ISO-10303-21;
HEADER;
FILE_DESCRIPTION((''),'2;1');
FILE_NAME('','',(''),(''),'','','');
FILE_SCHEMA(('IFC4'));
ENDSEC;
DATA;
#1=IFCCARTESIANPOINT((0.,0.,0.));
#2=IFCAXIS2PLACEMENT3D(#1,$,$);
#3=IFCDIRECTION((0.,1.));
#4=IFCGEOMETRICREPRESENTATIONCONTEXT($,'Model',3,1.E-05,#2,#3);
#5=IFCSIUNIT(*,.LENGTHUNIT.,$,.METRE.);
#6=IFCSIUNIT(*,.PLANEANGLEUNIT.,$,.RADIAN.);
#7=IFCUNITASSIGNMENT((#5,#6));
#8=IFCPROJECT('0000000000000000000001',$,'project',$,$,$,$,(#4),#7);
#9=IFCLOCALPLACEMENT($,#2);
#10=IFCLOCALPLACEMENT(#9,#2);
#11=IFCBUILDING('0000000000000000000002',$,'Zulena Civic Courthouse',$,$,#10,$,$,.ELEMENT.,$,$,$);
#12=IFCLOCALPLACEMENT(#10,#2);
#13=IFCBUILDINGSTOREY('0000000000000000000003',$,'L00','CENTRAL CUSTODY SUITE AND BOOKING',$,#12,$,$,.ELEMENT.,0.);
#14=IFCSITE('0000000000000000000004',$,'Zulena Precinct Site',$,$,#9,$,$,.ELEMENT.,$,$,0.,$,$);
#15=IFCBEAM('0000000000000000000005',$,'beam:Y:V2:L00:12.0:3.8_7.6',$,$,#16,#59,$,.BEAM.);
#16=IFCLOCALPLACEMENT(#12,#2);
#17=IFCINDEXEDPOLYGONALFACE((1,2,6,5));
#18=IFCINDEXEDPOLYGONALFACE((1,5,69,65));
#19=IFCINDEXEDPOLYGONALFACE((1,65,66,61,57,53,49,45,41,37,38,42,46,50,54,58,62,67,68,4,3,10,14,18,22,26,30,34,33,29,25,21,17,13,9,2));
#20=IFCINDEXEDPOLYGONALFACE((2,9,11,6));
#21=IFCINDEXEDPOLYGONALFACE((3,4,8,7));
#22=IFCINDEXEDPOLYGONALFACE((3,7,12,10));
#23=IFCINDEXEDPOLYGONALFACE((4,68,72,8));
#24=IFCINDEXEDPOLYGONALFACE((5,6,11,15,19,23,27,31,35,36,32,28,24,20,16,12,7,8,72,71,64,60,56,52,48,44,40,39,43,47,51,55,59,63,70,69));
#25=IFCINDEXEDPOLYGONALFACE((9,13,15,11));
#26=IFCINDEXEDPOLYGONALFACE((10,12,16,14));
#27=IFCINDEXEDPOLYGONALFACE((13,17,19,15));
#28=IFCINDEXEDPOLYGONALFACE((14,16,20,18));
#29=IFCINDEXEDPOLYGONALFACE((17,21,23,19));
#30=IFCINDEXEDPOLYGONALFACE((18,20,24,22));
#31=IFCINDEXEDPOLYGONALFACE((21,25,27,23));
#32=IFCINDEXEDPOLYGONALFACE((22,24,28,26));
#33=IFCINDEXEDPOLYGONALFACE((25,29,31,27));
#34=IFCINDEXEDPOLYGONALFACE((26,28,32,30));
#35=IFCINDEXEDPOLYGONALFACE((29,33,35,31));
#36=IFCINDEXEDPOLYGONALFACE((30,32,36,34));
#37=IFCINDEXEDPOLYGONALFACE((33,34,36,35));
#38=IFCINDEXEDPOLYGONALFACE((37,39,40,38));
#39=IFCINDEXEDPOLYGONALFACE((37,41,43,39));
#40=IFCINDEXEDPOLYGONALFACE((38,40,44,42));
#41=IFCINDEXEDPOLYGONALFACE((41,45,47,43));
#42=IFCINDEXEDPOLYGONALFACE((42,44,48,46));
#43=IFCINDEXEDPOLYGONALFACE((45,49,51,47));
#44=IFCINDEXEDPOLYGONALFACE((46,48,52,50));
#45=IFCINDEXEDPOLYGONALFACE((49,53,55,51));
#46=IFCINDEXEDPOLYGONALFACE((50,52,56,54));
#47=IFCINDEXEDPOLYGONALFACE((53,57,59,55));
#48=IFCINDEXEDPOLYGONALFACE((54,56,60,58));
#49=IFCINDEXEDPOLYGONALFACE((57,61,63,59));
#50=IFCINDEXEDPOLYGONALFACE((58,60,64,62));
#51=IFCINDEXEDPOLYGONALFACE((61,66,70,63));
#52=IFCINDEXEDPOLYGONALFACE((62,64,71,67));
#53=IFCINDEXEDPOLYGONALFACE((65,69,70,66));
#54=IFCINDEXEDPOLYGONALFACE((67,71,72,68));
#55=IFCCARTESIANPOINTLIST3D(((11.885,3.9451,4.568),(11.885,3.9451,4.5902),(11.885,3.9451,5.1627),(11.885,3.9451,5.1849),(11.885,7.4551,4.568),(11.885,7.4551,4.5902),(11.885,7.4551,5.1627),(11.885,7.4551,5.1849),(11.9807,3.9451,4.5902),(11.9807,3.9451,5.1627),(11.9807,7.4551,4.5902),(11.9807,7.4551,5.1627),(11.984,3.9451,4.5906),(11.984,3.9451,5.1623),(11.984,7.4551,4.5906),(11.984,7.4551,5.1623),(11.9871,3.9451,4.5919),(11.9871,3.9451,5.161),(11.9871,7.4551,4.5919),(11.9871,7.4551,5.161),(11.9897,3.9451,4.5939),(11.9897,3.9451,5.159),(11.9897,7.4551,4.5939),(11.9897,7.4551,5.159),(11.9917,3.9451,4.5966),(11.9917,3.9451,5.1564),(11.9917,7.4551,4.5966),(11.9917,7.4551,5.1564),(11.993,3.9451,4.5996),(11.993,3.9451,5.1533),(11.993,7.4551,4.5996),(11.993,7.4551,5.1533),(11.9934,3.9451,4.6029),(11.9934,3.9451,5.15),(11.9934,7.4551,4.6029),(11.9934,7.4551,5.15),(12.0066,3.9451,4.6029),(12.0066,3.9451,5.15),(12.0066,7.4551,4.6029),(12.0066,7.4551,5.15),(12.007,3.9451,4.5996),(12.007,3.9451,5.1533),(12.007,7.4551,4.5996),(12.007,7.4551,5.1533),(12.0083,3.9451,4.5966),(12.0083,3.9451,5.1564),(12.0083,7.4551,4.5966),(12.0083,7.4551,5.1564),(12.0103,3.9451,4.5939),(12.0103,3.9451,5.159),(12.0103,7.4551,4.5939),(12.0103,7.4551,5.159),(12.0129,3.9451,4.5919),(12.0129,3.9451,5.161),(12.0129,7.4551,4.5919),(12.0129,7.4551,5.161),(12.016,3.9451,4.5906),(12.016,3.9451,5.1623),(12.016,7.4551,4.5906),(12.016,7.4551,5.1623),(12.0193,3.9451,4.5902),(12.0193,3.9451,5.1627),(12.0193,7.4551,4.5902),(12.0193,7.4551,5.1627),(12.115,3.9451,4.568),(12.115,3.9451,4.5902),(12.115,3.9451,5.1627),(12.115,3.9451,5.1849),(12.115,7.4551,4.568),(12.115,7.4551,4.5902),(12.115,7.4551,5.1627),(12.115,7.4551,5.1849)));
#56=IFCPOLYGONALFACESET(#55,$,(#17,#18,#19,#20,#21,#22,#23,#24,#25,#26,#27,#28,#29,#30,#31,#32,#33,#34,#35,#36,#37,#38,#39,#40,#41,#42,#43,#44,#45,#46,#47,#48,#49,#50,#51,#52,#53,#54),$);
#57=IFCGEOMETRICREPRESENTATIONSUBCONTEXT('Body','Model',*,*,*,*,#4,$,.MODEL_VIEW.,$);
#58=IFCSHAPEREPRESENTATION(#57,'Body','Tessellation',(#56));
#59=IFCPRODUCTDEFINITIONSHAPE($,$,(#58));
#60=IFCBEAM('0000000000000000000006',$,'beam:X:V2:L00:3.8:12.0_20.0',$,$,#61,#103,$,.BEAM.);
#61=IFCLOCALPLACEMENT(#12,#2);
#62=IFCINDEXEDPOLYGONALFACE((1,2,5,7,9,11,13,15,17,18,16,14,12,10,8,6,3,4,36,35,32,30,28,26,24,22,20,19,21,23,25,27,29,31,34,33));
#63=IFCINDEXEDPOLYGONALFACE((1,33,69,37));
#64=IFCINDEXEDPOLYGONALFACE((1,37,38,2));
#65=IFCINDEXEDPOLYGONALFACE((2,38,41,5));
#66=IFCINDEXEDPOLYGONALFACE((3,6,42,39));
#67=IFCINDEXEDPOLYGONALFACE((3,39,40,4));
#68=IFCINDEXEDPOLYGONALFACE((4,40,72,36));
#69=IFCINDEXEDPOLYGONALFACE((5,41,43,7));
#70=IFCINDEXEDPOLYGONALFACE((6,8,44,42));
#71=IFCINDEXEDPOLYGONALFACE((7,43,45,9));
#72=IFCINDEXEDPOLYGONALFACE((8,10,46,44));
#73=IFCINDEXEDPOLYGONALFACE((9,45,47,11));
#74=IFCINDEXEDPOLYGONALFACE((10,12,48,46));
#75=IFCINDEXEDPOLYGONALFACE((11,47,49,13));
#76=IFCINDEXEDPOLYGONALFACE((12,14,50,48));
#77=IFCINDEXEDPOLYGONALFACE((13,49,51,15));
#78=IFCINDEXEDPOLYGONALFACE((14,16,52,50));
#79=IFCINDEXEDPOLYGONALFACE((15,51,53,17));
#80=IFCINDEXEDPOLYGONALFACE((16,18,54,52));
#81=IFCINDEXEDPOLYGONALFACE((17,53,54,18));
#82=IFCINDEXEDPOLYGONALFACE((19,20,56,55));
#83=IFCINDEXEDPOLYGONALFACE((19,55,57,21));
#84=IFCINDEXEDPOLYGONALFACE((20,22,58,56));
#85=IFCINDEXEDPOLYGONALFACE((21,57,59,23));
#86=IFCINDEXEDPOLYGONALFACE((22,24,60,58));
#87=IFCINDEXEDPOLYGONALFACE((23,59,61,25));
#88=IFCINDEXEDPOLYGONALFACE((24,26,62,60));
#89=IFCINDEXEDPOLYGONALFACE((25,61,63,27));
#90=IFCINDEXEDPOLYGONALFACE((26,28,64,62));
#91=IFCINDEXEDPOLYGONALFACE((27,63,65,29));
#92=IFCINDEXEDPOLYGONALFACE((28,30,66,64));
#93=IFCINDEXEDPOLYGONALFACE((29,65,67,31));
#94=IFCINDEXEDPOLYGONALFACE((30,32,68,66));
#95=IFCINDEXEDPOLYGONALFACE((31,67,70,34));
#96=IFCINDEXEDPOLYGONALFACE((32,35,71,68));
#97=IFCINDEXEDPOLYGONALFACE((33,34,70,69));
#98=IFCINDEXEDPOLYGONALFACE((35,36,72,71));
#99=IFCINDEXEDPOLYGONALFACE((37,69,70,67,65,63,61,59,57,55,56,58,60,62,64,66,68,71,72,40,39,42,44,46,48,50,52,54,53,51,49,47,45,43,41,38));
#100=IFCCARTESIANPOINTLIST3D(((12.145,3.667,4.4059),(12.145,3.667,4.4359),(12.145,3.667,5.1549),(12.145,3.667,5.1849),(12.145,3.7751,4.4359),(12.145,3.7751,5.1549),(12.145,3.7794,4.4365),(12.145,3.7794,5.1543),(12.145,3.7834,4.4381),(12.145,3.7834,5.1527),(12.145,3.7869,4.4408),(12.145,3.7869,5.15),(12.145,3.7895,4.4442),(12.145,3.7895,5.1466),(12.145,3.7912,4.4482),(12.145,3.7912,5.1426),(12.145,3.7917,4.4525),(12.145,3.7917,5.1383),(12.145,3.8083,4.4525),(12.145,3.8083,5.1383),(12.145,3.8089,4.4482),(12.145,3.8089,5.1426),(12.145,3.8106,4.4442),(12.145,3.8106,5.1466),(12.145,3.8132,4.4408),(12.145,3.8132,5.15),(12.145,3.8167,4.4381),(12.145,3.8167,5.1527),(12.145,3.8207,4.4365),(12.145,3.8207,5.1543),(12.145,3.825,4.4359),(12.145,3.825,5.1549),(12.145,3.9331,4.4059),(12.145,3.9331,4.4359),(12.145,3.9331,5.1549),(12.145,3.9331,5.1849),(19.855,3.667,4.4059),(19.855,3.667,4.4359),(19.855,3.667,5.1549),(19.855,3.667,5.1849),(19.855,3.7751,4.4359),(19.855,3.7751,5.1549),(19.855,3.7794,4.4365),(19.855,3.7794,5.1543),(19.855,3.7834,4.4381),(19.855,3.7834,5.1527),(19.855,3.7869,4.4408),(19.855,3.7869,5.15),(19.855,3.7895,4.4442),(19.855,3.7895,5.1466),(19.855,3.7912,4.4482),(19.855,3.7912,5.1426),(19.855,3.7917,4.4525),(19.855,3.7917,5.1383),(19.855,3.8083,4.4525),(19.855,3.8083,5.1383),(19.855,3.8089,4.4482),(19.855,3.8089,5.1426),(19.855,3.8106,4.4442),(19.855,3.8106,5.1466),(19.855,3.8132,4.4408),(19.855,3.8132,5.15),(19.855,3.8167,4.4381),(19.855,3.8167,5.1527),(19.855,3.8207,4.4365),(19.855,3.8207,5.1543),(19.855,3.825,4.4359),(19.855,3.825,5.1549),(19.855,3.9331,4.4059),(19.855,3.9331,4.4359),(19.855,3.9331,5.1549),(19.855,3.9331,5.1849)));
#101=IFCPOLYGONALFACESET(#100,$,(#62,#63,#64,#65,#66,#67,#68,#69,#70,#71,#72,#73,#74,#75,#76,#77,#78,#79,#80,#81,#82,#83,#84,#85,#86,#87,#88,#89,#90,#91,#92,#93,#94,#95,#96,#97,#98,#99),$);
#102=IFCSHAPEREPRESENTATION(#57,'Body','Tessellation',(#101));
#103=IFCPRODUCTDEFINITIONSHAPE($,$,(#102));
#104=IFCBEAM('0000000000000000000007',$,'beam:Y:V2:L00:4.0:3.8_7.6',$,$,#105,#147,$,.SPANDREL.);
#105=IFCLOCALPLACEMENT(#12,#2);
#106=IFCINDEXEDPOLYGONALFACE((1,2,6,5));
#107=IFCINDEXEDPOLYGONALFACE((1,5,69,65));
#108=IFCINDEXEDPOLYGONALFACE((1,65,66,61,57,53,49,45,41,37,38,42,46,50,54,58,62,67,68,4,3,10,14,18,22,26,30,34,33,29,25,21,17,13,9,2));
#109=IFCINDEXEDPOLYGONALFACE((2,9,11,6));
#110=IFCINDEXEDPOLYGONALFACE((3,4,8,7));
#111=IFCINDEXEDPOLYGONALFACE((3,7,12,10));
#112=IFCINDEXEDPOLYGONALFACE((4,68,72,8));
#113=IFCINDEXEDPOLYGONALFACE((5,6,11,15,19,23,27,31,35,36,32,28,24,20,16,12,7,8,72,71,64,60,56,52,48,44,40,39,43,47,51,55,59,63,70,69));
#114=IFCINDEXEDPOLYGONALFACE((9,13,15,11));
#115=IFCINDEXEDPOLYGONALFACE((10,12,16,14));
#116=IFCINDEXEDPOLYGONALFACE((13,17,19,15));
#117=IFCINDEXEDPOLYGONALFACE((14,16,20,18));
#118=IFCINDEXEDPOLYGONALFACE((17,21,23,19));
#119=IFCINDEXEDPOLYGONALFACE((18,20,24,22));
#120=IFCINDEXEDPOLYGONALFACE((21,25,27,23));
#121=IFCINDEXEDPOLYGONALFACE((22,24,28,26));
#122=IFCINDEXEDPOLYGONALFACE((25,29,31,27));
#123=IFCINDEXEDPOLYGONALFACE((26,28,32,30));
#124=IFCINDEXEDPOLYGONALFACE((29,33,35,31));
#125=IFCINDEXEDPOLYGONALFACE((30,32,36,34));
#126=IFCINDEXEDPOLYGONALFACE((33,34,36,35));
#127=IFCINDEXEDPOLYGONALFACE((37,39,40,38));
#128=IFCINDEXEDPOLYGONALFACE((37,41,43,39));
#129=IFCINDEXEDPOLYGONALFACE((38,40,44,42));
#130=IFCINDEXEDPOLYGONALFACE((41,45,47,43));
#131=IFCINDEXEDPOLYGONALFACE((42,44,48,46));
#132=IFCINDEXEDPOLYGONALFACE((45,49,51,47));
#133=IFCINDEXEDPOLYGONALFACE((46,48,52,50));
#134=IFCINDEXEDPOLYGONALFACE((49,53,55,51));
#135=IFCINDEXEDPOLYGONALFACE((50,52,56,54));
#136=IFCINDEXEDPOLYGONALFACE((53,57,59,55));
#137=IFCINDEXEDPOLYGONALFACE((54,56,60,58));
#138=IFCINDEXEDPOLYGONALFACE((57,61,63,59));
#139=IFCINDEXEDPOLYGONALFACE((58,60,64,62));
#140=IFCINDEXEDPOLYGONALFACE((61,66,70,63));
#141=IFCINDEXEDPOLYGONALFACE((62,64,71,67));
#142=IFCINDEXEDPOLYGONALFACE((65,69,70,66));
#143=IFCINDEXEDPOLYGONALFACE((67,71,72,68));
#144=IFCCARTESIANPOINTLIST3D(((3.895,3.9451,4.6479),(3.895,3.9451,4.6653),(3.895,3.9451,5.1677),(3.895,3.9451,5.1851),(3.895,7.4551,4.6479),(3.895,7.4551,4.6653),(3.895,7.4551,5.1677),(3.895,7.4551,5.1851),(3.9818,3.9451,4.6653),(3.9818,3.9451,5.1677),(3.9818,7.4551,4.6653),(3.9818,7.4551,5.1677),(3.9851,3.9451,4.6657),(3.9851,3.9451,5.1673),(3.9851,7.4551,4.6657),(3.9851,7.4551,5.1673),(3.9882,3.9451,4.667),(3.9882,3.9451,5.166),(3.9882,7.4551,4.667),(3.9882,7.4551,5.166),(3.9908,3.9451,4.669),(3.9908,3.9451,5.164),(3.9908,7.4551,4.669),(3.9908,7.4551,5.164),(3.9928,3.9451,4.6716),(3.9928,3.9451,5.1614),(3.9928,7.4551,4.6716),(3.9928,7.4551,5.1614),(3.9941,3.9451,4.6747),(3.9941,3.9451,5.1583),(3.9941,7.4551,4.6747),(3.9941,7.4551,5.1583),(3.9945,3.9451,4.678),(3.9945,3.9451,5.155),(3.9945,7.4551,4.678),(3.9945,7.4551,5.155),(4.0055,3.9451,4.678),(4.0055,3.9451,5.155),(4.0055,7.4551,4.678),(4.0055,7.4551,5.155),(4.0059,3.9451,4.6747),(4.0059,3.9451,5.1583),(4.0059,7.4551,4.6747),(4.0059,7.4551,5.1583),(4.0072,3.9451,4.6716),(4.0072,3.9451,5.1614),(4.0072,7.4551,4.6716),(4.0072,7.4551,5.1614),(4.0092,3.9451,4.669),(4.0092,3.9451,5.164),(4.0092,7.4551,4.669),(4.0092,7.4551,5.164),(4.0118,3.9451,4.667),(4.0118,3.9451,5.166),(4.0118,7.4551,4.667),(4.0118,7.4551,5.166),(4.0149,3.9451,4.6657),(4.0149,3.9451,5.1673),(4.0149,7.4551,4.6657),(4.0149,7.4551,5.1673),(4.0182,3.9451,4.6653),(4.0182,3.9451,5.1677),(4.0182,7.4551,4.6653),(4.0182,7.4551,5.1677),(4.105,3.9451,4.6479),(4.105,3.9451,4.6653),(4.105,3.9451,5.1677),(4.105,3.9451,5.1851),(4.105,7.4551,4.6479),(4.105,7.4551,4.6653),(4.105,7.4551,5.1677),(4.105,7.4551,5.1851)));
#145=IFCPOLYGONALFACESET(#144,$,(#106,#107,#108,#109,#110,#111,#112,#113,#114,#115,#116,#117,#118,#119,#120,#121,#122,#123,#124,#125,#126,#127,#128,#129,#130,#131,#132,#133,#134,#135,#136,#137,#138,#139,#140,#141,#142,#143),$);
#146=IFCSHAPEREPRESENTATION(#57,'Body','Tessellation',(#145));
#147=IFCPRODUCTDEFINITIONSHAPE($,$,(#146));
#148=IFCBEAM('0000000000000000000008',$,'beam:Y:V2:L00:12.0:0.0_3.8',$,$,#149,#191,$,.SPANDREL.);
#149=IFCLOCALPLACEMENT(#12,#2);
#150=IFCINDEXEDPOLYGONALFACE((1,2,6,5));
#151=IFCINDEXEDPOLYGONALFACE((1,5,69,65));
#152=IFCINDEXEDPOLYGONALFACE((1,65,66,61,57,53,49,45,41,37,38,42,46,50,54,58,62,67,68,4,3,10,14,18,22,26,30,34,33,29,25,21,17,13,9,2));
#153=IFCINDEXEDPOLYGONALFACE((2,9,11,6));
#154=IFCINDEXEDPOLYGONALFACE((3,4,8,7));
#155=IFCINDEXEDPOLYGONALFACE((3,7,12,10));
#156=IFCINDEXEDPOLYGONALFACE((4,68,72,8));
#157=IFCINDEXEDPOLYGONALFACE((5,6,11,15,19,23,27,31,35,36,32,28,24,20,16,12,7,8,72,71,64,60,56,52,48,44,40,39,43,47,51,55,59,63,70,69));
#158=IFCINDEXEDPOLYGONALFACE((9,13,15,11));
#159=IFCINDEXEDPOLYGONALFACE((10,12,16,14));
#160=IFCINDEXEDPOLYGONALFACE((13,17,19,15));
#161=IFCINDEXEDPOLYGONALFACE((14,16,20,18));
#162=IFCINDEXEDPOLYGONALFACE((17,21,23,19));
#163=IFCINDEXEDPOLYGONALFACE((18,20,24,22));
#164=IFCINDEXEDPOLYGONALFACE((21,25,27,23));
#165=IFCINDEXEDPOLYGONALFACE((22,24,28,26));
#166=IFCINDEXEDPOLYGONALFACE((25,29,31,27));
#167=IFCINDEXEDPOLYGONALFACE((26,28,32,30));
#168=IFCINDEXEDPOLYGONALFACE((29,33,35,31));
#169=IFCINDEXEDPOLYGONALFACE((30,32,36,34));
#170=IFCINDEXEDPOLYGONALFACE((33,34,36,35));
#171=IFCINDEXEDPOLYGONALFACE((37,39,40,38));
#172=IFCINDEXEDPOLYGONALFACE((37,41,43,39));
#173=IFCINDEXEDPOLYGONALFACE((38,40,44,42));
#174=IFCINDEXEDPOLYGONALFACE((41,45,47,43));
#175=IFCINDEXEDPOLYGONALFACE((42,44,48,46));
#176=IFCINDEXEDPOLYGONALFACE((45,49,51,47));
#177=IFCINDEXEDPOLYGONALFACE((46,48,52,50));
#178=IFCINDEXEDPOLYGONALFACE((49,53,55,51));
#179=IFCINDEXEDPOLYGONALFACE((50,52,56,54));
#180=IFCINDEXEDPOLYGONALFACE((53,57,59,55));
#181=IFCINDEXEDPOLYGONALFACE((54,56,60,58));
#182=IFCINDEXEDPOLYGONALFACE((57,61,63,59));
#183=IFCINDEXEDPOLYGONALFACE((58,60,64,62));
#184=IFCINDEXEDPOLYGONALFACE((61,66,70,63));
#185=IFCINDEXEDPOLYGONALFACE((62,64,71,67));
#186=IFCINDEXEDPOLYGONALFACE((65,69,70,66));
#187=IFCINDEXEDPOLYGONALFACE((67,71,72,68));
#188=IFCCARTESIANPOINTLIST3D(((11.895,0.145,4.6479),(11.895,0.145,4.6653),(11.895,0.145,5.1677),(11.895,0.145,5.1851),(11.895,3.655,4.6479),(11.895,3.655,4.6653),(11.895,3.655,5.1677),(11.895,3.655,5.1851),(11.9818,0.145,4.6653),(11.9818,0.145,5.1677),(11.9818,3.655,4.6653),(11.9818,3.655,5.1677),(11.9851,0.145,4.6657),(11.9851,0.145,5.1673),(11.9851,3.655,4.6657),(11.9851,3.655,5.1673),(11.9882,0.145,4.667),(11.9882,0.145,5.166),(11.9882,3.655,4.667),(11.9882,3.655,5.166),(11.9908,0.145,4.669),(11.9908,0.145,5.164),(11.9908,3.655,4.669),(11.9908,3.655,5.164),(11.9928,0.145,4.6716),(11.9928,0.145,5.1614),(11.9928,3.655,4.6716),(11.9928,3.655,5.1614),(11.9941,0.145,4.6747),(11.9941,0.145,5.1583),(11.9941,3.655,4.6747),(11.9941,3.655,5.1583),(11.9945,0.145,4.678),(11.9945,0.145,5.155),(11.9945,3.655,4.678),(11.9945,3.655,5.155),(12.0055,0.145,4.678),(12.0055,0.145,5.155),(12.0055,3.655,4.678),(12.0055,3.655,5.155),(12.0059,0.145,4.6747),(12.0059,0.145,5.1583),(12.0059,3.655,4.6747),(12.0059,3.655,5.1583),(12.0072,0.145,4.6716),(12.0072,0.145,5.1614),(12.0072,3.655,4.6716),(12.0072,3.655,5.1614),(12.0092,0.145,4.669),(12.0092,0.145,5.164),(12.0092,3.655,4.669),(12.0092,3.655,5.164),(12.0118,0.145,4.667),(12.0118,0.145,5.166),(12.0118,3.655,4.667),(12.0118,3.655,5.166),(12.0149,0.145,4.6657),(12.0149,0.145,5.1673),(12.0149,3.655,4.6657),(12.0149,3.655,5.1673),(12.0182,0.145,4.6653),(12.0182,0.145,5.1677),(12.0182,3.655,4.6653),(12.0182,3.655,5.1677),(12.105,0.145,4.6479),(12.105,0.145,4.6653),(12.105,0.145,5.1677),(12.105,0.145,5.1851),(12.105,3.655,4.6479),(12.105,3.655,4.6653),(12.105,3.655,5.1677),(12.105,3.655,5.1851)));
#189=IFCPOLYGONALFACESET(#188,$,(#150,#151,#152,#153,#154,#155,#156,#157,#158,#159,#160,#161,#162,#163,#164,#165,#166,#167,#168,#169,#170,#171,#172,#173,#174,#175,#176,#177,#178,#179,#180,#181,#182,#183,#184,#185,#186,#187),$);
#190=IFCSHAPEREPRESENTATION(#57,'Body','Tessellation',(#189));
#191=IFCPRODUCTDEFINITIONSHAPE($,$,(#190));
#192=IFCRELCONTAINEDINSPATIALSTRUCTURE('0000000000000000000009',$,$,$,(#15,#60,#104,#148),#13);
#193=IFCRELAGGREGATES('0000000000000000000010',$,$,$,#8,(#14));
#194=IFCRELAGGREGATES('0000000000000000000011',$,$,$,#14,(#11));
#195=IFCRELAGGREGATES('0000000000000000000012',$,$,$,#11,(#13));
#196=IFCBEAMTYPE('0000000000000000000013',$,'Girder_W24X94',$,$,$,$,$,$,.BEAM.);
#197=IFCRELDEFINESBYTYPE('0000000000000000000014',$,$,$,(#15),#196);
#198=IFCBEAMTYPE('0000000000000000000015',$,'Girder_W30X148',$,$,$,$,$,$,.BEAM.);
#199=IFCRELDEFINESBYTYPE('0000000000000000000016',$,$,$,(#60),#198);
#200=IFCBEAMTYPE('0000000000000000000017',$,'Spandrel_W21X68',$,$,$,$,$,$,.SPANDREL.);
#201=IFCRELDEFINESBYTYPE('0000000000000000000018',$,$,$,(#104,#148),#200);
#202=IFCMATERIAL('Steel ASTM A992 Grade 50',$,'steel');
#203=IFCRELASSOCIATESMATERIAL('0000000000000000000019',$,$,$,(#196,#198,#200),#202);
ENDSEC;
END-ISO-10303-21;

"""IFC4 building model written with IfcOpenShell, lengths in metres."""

from ifc_helpers import new_model, si_unit, direction, frame, origin, origin_2d, place, context, subcontext, project, spatial, i_section, extrude, material, material_profile, profile_set, type_object, element, save


model = new_model("IFC4")

# Units and contexts
model_context = context("Model", 3, precision=1e-05, world=origin(), true_north=direction((0.0, 1.0)))
body_context = subcontext(model_context, "Body", "Model", "MODEL_VIEW")
ifc_project = project(units=[si_unit("LENGTHUNIT", "METRE"), si_unit("PLANEANGLEUNIT", "RADIAN")], contexts=[model_context])

# Site, building, storey
site_placement = place(None, origin())
site = spatial("IfcSite", under=ifc_project, at=site_placement, Name="Zulena Precinct Site", CompositionType="ELEMENT", RefElevation=0.0)
building_placement = place(site_placement, origin())
building = spatial("IfcBuilding", under=site, at=building_placement, Name="Zulena Civic Courthouse", CompositionType="ELEMENT")
storey_placement = place(building_placement, origin())
storey = spatial("IfcBuildingStorey", under=building, at=storey_placement, Name="L00", Description="CENTRAL CUSTODY SUITE AND BOOKING", CompositionType="ELEMENT", Elevation=0.0)

# Shared definitions
ifc_material_1 = material(Name="Steel ASTM A992 Grade 50", Category="steel")

# Beams
ifc_material_profile_1 = material_profile(ifc_material_1, i_section(OverallWidth=0.23, OverallDepth=0.6169, WebThickness=0.0132, FlangeThickness=0.0222, FilletRadius=0.0127, at=origin_2d()), Name="W24X94")
ifc_profile_set_1 = profile_set([ifc_material_profile_1], Name="Steel ASTM A992 Grade 50")
beam_type_1 = type_object("IfcBeamType", Name="Girder_W24X94", PredefinedType="BEAM", material=ifc_profile_set_1)
beam_1_placement = place(storey_placement, frame((12.0, 3.9451, 4.8765), z_axis=(0.0, 1.0, 0.0), x_axis=(-1.0, 0.0, 0.0)))
element("IfcBeam", 1, at=beam_1_placement, inside=storey, type_object=beam_type_1, Name="beam:Y:V2:L00:12.0:3.8_7.6", PredefinedType="BEAM", context=body_context, shape_type="SweptSolid", body=[
    extrude(i_section(OverallWidth=0.23, OverallDepth=0.6169, WebThickness=0.0132, FlangeThickness=0.0222, FilletRadius=0.0127, at=origin_2d()), origin(), (0.0, 0.0, 1.0), 3.51),
])
ifc_material_profile_2 = material_profile(ifc_material_1, i_section(OverallWidth=0.2661, OverallDepth=0.7791, WebThickness=0.0166, FlangeThickness=0.03, FilletRadius=0.0166, at=origin_2d()), Name="W30X148")
ifc_profile_set_2 = profile_set([ifc_material_profile_2], Name="Steel ASTM A992 Grade 50")
beam_type_2 = type_object("IfcBeamType", Name="Girder_W30X148", PredefinedType="BEAM", material=ifc_profile_set_2)
beam_2_placement = place(storey_placement, frame((12.145, 3.8, 4.7954), z_axis=(1.0, 0.0, 0.0), x_axis=(0.0, 1.0, 0.0)))
element("IfcBeam", 2, at=beam_2_placement, inside=storey, type_object=beam_type_2, Name="beam:X:V2:L00:3.8:12.0_20.0", PredefinedType="BEAM", context=body_context, shape_type="SweptSolid", body=[
    extrude(i_section(OverallWidth=0.2661, OverallDepth=0.7791, WebThickness=0.0166, FlangeThickness=0.03, FilletRadius=0.0166, at=origin_2d()), origin(), (0.0, 0.0, 1.0), 7.71),
])
ifc_material_profile_3 = material_profile(ifc_material_1, i_section(OverallWidth=0.21, OverallDepth=0.5371, WebThickness=0.011, FlangeThickness=0.0173, FilletRadius=0.0127, at=origin_2d()), Name="W21X68")
ifc_profile_set_3 = profile_set([ifc_material_profile_3], Name="Steel ASTM A992 Grade 50")
beam_type_3 = type_object("IfcBeamType", Name="Spandrel_W21X68", PredefinedType="SPANDREL", material=ifc_profile_set_3)
for number, where, z_axis, x_axis, name in (
    (3, (4.0, 3.9451, 4.9165), (0.0, 1.0, 0.0), (-1.0, 0.0, 0.0), "beam:Y:V2:L00:4.0:3.8_7.6"),
    (4, (12.0, 0.145, 4.9165), (0.0, 1.0, 0.0), (-1.0, 0.0, 0.0), "beam:Y:V2:L00:12.0:0.0_3.8"),
):
    element("IfcBeam", number, at=place(storey_placement, frame(where, z_axis=z_axis, x_axis=x_axis)), inside=storey, type_object=beam_type_3, Name=name, PredefinedType="SPANDREL", context=body_context, shape_type="SweptSolid", body=[
        extrude(i_section(OverallWidth=0.21, OverallDepth=0.5371, WebThickness=0.011, FlangeThickness=0.0173, FilletRadius=0.0127, at=origin_2d()), origin(), (0.0, 0.0, 1.0), 3.51),
    ])

save(model, "model.ifc")
